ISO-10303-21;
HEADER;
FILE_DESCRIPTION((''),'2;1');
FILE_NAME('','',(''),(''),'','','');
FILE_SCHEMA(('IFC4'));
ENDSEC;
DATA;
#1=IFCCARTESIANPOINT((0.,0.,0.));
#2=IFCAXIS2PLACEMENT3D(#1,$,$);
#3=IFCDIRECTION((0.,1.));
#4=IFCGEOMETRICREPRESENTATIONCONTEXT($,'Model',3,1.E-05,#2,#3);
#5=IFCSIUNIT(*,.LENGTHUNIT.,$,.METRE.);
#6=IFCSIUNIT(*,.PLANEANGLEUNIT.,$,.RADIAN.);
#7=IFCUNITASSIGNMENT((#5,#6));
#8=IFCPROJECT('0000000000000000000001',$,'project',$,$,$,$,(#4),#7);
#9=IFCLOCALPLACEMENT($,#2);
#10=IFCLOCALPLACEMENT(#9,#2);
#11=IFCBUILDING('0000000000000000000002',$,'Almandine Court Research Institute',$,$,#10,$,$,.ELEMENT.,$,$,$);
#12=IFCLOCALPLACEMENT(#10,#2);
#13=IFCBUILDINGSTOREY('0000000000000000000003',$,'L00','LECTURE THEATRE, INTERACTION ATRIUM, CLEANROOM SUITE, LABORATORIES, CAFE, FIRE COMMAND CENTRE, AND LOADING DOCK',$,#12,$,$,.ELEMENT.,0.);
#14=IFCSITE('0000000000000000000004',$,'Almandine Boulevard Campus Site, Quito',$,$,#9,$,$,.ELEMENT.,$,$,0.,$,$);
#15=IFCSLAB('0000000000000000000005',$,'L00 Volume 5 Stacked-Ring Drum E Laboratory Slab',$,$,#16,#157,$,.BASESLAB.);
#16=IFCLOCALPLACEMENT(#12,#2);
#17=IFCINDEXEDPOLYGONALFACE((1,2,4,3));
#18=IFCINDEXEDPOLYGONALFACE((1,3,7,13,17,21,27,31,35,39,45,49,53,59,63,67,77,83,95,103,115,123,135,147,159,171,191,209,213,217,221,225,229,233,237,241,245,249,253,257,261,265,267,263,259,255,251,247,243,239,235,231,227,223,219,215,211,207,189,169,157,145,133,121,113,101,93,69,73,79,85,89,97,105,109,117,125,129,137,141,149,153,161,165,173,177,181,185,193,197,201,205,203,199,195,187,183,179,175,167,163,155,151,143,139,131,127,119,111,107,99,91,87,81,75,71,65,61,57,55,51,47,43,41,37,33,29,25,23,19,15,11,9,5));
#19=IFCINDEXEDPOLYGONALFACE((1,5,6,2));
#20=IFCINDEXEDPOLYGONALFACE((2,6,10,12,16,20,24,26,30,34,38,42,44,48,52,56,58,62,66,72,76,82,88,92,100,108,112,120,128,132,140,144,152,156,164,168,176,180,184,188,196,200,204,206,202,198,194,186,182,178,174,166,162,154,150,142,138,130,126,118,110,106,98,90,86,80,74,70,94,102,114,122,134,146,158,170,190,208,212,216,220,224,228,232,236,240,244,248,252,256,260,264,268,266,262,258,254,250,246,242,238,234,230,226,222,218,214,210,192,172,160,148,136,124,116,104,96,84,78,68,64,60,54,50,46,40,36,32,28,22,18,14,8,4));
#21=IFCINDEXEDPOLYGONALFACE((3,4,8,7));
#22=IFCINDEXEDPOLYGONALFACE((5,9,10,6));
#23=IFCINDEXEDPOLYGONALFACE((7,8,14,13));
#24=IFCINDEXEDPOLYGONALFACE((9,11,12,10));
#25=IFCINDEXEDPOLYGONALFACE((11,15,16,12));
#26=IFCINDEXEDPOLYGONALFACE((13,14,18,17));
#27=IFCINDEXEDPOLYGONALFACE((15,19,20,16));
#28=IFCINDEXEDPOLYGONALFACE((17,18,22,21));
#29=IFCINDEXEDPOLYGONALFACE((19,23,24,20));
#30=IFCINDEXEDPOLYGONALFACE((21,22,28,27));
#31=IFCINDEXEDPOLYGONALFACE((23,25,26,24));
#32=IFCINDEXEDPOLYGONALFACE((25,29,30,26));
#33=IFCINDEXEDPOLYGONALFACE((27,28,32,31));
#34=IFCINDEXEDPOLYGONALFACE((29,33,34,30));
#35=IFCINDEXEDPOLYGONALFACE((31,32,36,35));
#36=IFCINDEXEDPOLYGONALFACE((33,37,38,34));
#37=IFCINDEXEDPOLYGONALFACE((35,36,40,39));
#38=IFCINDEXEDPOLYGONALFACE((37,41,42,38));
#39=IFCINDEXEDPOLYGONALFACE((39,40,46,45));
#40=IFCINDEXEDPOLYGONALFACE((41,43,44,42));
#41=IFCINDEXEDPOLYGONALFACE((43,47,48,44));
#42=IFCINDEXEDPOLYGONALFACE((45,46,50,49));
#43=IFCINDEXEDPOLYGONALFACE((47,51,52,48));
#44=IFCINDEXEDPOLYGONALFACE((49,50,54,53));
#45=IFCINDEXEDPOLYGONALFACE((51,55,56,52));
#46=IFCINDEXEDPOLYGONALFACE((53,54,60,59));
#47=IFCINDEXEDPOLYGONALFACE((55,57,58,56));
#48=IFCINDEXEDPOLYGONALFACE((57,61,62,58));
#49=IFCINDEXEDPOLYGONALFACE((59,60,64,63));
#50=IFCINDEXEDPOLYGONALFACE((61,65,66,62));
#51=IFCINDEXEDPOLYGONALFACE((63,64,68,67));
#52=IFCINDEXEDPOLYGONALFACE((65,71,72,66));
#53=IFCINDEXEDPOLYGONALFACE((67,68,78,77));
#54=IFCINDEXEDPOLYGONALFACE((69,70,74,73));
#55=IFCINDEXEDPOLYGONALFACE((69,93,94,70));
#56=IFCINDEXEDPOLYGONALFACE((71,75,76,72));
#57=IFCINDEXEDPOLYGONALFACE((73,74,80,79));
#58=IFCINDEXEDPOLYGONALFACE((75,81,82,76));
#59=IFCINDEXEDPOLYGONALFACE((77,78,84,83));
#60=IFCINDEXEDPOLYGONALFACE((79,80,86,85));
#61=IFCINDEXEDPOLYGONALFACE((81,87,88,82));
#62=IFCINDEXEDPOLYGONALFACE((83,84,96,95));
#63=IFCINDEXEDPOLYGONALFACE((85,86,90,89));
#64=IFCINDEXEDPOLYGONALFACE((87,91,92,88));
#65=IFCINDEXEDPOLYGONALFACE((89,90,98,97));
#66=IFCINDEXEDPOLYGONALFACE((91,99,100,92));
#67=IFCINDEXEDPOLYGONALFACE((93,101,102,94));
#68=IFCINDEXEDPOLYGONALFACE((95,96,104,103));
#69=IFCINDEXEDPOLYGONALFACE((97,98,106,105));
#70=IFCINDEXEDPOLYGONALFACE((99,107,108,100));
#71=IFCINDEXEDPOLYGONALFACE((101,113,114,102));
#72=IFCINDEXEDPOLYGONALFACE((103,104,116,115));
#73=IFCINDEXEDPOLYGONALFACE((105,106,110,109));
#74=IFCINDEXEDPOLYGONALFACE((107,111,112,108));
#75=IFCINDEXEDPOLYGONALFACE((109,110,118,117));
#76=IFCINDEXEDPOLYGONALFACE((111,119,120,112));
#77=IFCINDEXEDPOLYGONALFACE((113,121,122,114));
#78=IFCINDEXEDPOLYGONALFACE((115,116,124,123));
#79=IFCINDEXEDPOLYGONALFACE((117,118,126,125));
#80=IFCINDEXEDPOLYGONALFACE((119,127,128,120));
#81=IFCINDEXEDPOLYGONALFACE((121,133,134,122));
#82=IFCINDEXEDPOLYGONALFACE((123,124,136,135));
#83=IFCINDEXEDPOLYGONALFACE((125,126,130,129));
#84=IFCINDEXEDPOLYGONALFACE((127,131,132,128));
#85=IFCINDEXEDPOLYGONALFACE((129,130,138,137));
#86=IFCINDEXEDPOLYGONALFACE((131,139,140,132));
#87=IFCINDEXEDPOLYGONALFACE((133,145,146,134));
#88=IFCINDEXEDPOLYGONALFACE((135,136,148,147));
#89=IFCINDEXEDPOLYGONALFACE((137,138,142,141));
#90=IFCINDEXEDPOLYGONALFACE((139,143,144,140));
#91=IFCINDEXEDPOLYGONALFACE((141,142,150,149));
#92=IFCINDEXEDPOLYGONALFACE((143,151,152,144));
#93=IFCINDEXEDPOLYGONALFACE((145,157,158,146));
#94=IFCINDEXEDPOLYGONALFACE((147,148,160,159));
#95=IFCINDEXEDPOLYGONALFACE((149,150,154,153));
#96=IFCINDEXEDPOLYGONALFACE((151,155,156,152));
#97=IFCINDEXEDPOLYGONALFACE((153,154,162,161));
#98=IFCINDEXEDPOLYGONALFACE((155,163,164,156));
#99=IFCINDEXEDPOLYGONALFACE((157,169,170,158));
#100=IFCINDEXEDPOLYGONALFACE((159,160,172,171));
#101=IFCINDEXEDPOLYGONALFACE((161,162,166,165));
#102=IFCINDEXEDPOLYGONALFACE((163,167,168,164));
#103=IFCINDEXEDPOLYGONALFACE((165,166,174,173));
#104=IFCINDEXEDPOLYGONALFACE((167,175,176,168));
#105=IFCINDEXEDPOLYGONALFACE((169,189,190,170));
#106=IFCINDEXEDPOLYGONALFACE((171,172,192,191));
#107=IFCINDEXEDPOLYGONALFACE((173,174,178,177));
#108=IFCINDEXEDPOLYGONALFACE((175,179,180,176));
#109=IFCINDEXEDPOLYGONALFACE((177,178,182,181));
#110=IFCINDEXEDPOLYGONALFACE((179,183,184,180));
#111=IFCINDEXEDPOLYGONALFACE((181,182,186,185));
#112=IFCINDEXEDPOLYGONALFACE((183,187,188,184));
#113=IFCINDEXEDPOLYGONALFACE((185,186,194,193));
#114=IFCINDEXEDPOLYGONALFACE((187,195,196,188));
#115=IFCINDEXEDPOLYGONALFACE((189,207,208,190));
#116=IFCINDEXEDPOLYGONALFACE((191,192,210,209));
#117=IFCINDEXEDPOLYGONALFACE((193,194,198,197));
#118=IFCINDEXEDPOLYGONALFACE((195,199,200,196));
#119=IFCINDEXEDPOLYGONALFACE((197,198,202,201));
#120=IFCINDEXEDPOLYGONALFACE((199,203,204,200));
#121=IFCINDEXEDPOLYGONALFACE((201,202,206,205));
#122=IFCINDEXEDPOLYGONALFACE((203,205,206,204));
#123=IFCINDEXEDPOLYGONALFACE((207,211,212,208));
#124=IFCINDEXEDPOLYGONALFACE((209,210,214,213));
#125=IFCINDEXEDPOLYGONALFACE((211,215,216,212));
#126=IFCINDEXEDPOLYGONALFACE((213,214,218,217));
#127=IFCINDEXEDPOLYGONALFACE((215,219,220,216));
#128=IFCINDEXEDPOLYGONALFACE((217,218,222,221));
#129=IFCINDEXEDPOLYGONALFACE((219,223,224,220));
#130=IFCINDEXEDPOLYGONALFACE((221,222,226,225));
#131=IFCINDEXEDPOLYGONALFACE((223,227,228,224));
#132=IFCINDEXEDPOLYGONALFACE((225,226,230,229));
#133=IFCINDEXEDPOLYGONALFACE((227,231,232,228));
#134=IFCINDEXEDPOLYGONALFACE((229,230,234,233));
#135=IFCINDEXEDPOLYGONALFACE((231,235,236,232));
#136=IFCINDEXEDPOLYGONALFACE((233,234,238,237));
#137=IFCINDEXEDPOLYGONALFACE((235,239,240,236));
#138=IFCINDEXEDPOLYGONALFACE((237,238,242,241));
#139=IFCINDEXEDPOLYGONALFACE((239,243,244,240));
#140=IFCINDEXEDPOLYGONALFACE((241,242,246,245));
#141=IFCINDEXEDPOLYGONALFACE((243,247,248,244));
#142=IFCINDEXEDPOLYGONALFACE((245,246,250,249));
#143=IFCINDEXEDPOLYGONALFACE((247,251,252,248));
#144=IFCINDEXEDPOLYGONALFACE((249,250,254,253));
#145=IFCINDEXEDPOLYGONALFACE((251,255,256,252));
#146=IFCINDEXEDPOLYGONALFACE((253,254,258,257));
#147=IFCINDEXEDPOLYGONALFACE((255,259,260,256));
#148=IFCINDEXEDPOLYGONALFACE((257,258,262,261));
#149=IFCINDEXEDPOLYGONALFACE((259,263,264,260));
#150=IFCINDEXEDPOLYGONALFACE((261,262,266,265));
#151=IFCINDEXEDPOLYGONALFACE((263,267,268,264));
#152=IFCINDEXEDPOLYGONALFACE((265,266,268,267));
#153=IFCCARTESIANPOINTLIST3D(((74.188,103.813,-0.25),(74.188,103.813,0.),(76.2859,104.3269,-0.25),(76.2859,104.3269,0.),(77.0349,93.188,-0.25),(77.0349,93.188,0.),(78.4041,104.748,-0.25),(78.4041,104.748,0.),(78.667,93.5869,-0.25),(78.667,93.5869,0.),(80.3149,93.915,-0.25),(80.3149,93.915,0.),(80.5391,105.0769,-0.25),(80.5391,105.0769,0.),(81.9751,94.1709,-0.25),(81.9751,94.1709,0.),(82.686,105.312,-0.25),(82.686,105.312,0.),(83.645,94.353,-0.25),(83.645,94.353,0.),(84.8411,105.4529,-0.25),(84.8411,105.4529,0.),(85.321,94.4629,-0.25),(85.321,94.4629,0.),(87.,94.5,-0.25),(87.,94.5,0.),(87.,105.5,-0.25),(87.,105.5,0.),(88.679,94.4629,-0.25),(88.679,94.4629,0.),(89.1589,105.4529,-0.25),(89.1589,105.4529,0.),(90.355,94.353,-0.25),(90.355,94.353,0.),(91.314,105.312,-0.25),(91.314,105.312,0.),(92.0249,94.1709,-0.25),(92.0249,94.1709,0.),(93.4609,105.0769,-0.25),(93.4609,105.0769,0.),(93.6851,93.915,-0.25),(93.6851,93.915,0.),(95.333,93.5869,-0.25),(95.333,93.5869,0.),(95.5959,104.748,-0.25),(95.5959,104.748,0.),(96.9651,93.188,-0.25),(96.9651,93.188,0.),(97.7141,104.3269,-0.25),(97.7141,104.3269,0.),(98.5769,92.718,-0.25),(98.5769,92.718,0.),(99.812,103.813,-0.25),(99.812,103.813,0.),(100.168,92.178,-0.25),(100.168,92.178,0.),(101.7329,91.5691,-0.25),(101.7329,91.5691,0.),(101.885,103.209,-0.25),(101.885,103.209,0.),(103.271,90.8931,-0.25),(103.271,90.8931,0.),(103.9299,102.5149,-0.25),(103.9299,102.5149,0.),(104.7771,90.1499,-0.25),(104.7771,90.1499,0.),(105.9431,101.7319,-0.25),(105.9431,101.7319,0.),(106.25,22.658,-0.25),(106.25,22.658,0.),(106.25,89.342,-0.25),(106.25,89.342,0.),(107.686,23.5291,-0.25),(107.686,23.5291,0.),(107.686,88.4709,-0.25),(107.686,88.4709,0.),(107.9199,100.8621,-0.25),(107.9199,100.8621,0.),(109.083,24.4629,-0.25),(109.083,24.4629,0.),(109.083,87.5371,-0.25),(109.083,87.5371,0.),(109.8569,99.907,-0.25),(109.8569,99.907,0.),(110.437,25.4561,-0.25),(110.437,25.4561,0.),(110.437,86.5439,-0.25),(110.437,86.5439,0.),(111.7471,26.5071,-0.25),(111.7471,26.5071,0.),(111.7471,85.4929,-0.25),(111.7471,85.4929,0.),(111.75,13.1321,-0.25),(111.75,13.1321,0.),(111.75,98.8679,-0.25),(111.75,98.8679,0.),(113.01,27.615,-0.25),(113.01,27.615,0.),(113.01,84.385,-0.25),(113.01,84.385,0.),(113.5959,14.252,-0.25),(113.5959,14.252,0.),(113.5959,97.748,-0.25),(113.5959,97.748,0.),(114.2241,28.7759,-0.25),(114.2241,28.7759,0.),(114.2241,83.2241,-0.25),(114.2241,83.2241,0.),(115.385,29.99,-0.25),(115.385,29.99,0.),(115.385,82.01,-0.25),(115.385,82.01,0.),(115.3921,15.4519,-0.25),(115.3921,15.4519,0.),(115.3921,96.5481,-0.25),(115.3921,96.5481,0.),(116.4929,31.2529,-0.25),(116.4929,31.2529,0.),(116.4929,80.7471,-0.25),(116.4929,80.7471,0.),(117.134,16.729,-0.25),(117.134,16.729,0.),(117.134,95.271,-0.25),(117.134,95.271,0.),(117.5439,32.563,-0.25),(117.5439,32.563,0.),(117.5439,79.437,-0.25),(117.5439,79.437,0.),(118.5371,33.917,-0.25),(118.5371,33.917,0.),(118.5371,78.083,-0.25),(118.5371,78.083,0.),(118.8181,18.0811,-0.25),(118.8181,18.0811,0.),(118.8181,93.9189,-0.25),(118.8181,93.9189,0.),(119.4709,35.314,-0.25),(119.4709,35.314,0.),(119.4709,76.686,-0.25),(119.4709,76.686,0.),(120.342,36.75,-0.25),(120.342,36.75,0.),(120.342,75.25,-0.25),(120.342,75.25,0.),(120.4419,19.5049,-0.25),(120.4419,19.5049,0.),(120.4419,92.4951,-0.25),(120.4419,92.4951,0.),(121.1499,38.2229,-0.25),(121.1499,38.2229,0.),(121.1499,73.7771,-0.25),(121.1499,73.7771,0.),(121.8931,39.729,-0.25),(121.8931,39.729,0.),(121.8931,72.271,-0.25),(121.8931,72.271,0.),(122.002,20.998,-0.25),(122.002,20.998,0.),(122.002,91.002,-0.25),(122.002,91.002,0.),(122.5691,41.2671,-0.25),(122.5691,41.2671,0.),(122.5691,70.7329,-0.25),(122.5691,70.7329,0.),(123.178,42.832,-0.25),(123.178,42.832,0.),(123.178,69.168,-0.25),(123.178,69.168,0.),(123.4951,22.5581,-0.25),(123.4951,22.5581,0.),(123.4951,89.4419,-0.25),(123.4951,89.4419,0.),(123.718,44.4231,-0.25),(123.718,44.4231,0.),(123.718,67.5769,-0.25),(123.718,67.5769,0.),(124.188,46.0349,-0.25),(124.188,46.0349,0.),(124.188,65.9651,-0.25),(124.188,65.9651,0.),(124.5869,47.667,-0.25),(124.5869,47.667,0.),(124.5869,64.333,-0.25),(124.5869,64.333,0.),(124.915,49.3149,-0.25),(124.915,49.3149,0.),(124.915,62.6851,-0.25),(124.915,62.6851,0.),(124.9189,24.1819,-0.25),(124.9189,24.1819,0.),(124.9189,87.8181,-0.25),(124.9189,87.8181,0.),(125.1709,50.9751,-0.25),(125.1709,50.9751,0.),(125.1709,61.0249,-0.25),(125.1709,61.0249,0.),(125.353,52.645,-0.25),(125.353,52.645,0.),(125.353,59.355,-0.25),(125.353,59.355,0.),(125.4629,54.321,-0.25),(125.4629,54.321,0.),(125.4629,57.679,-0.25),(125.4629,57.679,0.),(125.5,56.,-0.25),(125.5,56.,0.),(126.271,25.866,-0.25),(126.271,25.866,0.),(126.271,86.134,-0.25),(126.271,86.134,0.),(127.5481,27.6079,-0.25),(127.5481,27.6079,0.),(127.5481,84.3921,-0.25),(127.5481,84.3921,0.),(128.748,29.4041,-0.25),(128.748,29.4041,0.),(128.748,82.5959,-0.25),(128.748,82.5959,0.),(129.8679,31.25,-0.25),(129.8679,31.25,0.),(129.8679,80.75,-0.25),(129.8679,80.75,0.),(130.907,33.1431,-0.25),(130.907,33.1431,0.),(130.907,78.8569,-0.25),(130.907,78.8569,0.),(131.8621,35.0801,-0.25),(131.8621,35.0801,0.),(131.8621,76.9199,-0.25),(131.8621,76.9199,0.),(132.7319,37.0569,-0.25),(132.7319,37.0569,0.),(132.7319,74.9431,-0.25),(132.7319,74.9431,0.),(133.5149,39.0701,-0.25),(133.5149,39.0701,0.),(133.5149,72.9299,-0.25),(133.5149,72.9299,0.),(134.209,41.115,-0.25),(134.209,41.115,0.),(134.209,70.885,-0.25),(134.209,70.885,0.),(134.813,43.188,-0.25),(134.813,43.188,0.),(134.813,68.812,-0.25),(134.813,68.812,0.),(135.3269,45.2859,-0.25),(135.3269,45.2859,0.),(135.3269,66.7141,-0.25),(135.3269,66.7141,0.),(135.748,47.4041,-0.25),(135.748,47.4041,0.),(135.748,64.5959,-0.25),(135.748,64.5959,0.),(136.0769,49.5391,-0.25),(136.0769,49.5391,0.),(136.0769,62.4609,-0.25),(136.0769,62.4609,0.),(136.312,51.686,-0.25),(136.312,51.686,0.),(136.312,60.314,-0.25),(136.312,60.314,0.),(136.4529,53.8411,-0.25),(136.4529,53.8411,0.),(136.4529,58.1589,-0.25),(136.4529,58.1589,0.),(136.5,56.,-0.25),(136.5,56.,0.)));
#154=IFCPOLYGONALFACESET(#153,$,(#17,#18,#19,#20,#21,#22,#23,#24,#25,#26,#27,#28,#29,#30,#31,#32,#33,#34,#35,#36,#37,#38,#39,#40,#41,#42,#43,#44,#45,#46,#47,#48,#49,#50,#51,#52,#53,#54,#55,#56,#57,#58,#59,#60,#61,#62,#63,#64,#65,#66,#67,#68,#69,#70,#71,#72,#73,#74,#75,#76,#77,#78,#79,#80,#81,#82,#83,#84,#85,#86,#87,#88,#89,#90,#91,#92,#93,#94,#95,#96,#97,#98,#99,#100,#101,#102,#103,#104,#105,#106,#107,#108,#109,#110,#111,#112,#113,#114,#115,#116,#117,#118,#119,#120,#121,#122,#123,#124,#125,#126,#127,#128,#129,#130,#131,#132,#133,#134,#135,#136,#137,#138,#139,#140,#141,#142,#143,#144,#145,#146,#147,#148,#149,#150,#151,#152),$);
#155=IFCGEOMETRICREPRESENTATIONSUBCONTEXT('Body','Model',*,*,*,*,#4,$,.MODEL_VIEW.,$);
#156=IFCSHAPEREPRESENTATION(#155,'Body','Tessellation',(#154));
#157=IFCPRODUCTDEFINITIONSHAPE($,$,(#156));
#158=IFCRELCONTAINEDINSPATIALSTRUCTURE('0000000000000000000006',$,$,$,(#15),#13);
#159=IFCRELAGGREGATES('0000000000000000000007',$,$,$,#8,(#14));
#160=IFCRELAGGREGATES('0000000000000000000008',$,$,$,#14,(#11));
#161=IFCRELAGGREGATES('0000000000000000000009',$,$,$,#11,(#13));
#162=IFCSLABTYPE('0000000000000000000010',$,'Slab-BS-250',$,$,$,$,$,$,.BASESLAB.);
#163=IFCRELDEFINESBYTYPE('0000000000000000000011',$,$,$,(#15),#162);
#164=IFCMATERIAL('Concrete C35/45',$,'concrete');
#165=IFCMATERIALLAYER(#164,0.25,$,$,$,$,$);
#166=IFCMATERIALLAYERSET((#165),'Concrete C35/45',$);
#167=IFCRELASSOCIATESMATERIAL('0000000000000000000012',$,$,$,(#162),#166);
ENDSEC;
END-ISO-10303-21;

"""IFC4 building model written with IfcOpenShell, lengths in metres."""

from ifc_helpers import new_model, si_unit, direction, frame, origin, place, context, subcontext, project, spatial, polyline, outline, extrude, material, layer, layer_set, type_object, element, save


model = new_model("IFC4")

# Units and contexts
model_context = context("Model", 3, precision=1e-05, world=origin(), true_north=direction((0.0, 1.0)))
body_context = subcontext(model_context, "Body", "Model", "MODEL_VIEW")
ifc_project = project(units=[si_unit("LENGTHUNIT", "METRE"), si_unit("PLANEANGLEUNIT", "RADIAN")], contexts=[model_context])

# Site, building, storey
site_placement = place(None, origin())
site = spatial("IfcSite", under=ifc_project, at=site_placement, Name="Almandine Boulevard Campus Site, Quito", CompositionType="ELEMENT", RefElevation=0.0)
building_placement = place(site_placement, origin())
building = spatial("IfcBuilding", under=site, at=building_placement, Name="Almandine Court Research Institute", CompositionType="ELEMENT")
storey_placement = place(building_placement, origin())
storey = spatial("IfcBuildingStorey", under=building, at=storey_placement, Name="L00", Description="LECTURE THEATRE, INTERACTION ATRIUM, CLEANROOM SUITE, LABORATORIES, CAFE, FIRE COMMAND CENTRE, AND LOADING DOCK", CompositionType="ELEMENT", Elevation=0.0)

# Slab
ifc_material = material(Name="Concrete C35/45", Category="concrete")
ifc_layer_1 = layer(ifc_material, 0.25)
ifc_layer_set_1 = layer_set([ifc_layer_1], Name="Concrete C35/45")
slab_type_1 = type_object("IfcSlabType", Name="Slab-BS-250", PredefinedType="BASESLAB", material=ifc_layer_set_1)
slab_1_placement = place(storey_placement, frame((0.0, 0.0, -0.25)))
element("IfcSlab", 1, at=slab_1_placement, inside=storey, type_object=slab_type_1, Name="L00 Volume 5 Stacked-Ring Drum E Laboratory Slab", PredefinedType="BASESLAB", context=body_context, shape_type="SweptSolid", body=[
    extrude(outline(polyline([(111.75, 13.1321), (113.5959, 14.252), (115.3921, 15.4519), (117.134, 16.729), (118.8181, 18.0811), (120.4419, 19.5049), (122.002, 20.998), (123.4951, 22.5581), (124.9189, 24.1819), (126.271, 25.866), (127.5481, 27.6079), (128.748, 29.4041), (129.8679, 31.25), (130.907, 33.1431), (131.8621, 35.0801), (132.7319, 37.0569), (133.5149, 39.0701), (134.209, 41.115), (134.813, 43.188), (135.3269, 45.2859), (135.748, 47.4041), (136.0769, 49.5391), (136.312, 51.686), (136.4529, 53.8411), (136.5, 56.0), (136.4529, 58.1589), (136.312, 60.314), (136.0769, 62.4609), (135.748, 64.5959), (135.3269, 66.7141), (134.813, 68.812), (134.209, 70.885), (133.5149, 72.9299), (132.7319, 74.9431), (131.8621, 76.9199), (130.907, 78.8569), (129.8679, 80.75), (128.748, 82.5959), (127.5481, 84.3921), (126.271, 86.134), (124.9189, 87.8181), (123.4951, 89.4419), (122.002, 91.002), (120.4419, 92.4951), (118.8181, 93.9189), (117.134, 95.271), (115.3921, 96.5481), (113.5959, 97.748), (111.75, 98.8679), (109.8569, 99.907), (107.9199, 100.8621), (105.9431, 101.7319), (103.9299, 102.5149), (101.885, 103.209), (99.812, 103.813), (97.7141, 104.3269), (95.5959, 104.748), (93.4609, 105.0769), (91.314, 105.312), (89.1589, 105.4529), (87.0, 105.5), (84.8411, 105.4529), (82.686, 105.312), (80.5391, 105.0769), (78.4041, 104.748), (76.2859, 104.3269), (74.188, 103.813), (77.0349, 93.188), (78.667, 93.5869), (80.3149, 93.915), (81.9751, 94.1709), (83.645, 94.353), (85.321, 94.4629), (87.0, 94.5), (88.679, 94.4629), (90.355, 94.353), (92.0249, 94.1709), (93.6851, 93.915), (95.333, 93.5869), (96.9651, 93.188), (98.5769, 92.718), (100.168, 92.178), (101.7329, 91.5691), (103.271, 90.8931), (104.7771, 90.1499), (106.25, 89.342), (107.686, 88.4709), (109.083, 87.5371), (110.437, 86.5439), (111.7471, 85.4929), (113.01, 84.385), (114.2241, 83.2241), (115.385, 82.01), (116.4929, 80.7471), (117.5439, 79.437), (118.5371, 78.083), (119.4709, 76.686), (120.342, 75.25), (121.1499, 73.7771), (121.8931, 72.271), (122.5691, 70.7329), (123.178, 69.168), (123.718, 67.5769), (124.188, 65.9651), (124.5869, 64.333), (124.915, 62.6851), (125.1709, 61.0249), (125.353, 59.355), (125.4629, 57.679), (125.5, 56.0), (125.4629, 54.321), (125.353, 52.645), (125.1709, 50.9751), (124.915, 49.3149), (124.5869, 47.667), (124.188, 46.0349), (123.718, 44.4231), (123.178, 42.832), (122.5691, 41.2671), (121.8931, 39.729), (121.1499, 38.2229), (120.342, 36.75), (119.4709, 35.314), (118.5371, 33.917), (117.5439, 32.563), (116.4929, 31.2529), (115.385, 29.99), (114.2241, 28.7759), (113.01, 27.615), (111.7471, 26.5071), (110.437, 25.4561), (109.083, 24.4629), (107.686, 23.5291), (106.25, 22.658), (111.75, 13.1321)])), origin(), (0.0, 0.0, 1.0), 0.25),
])

save(model, "model.ifc")
